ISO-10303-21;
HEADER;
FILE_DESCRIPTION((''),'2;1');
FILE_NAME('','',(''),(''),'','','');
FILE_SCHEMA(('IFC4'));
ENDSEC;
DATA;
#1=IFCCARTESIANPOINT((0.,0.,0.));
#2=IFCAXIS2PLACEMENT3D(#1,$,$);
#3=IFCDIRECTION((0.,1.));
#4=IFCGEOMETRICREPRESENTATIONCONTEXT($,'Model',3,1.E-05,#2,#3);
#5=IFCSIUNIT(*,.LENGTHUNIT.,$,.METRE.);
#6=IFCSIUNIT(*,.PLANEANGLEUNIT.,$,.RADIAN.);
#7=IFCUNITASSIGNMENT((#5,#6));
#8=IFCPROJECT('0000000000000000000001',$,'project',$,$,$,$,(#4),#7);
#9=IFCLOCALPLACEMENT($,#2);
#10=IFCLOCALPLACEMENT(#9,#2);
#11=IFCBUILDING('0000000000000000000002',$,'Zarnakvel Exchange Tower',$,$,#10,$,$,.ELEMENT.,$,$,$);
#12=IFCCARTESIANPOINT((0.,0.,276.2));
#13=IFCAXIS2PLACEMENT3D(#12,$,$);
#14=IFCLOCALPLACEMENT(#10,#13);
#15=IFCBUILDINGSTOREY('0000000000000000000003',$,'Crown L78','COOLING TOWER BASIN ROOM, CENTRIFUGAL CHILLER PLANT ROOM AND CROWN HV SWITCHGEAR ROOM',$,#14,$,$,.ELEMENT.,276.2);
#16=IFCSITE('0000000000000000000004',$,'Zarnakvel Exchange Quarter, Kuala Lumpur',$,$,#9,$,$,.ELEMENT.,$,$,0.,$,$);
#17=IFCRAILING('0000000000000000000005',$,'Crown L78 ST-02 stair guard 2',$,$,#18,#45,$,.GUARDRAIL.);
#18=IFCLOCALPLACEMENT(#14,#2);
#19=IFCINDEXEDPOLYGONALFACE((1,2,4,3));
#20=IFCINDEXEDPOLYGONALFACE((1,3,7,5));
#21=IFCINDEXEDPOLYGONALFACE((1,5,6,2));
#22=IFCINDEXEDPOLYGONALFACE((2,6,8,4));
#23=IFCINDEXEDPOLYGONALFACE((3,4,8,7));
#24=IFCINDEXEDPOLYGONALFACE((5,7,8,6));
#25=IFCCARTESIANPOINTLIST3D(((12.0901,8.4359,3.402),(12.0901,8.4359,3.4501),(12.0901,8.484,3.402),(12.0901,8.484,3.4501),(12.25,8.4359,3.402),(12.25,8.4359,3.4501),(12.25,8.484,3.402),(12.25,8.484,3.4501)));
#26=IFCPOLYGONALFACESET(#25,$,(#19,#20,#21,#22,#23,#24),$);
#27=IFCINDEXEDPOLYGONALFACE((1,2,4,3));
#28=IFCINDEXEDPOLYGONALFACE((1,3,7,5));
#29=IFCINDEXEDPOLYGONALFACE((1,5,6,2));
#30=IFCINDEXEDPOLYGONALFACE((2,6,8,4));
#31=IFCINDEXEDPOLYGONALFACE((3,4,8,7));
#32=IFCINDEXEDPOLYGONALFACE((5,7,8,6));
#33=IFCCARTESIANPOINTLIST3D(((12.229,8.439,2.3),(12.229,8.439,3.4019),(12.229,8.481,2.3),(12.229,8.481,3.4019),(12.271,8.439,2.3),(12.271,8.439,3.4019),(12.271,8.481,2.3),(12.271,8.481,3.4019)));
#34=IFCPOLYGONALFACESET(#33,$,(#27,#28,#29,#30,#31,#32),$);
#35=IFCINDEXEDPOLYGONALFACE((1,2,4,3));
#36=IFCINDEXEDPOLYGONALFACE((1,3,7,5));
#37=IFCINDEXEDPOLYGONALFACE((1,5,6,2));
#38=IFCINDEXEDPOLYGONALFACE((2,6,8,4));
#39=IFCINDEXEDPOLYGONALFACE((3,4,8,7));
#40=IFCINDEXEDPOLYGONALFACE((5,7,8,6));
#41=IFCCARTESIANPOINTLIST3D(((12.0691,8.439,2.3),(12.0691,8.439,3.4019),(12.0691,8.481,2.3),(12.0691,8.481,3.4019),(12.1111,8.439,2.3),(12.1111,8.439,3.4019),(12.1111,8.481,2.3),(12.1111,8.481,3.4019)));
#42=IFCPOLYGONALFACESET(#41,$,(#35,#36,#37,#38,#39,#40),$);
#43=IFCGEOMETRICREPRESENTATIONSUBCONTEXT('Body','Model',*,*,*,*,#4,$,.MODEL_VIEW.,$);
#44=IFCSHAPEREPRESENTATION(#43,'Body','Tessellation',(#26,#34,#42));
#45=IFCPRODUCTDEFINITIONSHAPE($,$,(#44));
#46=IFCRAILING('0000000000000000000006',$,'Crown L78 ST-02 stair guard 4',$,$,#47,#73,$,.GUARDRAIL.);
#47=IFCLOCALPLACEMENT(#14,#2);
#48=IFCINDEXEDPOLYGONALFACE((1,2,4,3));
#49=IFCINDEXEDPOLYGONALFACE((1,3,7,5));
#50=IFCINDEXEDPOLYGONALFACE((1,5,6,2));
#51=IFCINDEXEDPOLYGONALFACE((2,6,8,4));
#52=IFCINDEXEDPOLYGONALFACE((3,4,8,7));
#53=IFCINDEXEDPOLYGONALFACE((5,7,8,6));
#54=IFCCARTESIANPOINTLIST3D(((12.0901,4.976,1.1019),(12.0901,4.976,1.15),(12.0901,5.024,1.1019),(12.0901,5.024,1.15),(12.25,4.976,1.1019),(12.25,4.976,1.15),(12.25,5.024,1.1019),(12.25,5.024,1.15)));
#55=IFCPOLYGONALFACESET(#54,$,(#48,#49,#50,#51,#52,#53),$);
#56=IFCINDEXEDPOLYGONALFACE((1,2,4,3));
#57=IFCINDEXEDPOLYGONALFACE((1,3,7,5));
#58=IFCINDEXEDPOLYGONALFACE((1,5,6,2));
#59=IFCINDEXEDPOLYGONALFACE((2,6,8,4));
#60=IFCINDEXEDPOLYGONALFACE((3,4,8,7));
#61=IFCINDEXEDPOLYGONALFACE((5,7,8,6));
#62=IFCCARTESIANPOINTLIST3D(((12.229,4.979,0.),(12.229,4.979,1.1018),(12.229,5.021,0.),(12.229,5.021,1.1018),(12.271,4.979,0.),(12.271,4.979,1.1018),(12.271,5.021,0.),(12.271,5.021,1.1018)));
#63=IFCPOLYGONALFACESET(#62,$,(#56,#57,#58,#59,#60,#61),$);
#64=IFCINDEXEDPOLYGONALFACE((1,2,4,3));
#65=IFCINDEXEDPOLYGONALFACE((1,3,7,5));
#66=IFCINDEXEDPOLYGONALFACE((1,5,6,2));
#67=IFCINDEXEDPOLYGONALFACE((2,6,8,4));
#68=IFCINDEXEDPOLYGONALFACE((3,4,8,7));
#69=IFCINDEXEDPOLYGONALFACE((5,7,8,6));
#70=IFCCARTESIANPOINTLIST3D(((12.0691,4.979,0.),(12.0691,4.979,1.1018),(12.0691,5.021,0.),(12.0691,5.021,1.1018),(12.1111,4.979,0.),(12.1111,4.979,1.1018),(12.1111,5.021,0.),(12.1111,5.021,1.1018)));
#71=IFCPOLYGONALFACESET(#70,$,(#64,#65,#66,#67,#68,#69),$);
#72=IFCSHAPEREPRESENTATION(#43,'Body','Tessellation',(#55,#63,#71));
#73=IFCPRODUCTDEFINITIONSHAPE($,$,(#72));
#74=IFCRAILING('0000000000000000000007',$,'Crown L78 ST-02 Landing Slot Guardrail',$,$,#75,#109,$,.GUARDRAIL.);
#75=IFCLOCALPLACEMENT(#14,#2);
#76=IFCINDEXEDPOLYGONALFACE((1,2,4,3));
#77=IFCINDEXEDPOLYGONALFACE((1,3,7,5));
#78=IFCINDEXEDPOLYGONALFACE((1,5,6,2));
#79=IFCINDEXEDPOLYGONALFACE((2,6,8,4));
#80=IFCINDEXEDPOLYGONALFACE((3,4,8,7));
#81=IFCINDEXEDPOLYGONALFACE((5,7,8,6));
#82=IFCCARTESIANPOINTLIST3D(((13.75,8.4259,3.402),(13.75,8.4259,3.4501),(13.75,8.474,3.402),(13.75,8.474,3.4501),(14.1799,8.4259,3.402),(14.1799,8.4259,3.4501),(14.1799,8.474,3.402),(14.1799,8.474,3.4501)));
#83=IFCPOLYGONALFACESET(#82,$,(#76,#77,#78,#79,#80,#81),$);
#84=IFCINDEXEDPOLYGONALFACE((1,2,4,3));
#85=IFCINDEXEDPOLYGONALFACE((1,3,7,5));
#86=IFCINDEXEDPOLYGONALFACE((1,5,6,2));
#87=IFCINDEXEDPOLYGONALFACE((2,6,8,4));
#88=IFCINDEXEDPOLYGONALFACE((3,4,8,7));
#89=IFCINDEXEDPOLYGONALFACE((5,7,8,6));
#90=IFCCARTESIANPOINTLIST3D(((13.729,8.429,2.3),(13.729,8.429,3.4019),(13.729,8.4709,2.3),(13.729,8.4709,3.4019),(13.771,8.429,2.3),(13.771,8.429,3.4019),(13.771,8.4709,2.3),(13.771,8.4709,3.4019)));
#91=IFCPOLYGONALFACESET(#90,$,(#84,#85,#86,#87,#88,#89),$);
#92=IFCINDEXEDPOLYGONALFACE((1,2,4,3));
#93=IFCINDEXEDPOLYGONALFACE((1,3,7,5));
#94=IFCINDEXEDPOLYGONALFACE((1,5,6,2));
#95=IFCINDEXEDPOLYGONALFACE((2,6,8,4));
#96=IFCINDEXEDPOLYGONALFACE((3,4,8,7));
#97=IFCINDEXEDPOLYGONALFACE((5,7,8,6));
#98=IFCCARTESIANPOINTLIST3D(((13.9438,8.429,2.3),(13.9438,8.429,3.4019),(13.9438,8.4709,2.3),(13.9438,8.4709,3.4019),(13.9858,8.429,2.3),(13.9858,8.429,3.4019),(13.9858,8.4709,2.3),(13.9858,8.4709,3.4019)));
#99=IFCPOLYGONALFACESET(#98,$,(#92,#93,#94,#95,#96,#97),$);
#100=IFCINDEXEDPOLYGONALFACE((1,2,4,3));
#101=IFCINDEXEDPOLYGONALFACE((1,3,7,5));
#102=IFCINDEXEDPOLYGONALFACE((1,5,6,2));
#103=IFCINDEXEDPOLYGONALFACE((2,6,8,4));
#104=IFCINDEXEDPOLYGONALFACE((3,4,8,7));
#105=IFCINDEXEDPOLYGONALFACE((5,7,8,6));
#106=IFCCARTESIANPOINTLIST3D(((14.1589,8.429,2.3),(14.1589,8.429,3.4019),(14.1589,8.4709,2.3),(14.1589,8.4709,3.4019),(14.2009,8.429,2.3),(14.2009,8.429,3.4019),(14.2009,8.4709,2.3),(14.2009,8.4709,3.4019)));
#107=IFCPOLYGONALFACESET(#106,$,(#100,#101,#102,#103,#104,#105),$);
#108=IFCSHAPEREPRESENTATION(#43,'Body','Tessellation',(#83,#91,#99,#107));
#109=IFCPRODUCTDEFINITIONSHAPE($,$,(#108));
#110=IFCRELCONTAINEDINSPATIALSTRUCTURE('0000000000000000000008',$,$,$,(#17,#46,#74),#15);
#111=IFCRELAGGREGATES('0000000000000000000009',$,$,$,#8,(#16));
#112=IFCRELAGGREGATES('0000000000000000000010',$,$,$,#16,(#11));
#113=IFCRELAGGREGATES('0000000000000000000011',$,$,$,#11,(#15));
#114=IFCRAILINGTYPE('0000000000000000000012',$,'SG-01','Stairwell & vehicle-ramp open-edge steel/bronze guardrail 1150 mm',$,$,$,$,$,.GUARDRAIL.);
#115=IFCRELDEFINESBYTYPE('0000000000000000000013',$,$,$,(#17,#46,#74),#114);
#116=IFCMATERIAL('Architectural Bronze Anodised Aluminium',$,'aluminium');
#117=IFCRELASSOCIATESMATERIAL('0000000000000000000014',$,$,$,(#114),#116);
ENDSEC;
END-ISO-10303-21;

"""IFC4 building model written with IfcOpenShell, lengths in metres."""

from ifc_helpers import new_model, si_unit, direction, frame, origin, origin_2d, place, context, subcontext, project, spatial, rectangle, extrude, material, type_object, element, save


model = new_model("IFC4")

# Units and contexts
model_context = context("Model", 3, precision=1e-05, world=origin(), true_north=direction((0.0, 1.0)))
body_context = subcontext(model_context, "Body", "Model", "MODEL_VIEW")
ifc_project = project(units=[si_unit("LENGTHUNIT", "METRE"), si_unit("PLANEANGLEUNIT", "RADIAN")], contexts=[model_context])

# Site, building, storey
site_placement = place(None, origin())
site = spatial("IfcSite", under=ifc_project, at=site_placement, Name="Zarnakvel Exchange Quarter, Kuala Lumpur", CompositionType="ELEMENT", RefElevation=0.0)
building_placement = place(site_placement, origin())
building = spatial("IfcBuilding", under=site, at=building_placement, Name="Zarnakvel Exchange Tower", CompositionType="ELEMENT")
storey_placement = place(building_placement, frame((0.0, 0.0, 276.2)))
storey = spatial("IfcBuildingStorey", under=building, at=storey_placement, Name="Crown L78", Description="COOLING TOWER BASIN ROOM, CENTRIFUGAL CHILLER PLANT ROOM AND CROWN HV SWITCHGEAR ROOM", CompositionType="ELEMENT", Elevation=276.2)

# Shared definitions
ifc_material_1 = material(Name="Architectural Bronze Anodised Aluminium", Category="aluminium")

# Railings
railing_type_1 = type_object("IfcRailingType", Name="SG-01", Description="Stairwell & vehicle-ramp open-edge steel/bronze guardrail 1150 mm", PredefinedType="GUARDRAIL", material=ifc_material_1)
for number, where, name in (
    (1, (12.25, 8.46, 2.3), "Crown L78 ST-02 stair guard 2"),
    (2, (12.25, 5.0, 0.0), "Crown L78 ST-02 stair guard 4"),
):
    element("IfcRailing", number, at=place(storey_placement, frame(where)), inside=storey, type_object=railing_type_1, Name=name, PredefinedType="GUARDRAIL", context=body_context, shape_type="SweptSolid", body=[
        extrude(rectangle(XDim=0.0481, YDim=0.0481, at=origin_2d()), frame((0.0, 0.0, 1.126), z_axis=(-1.0, 0.0, 0.0), x_axis=(0.0, -1.0, 0.0)), (0.0, 0.0, 1.0), 0.1599),
        extrude(rectangle(XDim=0.042, YDim=0.042, at=origin_2d()), origin(), (0.0, 0.0, 1.0), 1.1018),
        extrude(rectangle(XDim=0.042, YDim=0.042, at=origin_2d()), frame((-0.1599, 0.0, 0.0)), (0.0, 0.0, 1.0), 1.1018),
    ])
railing_1_placement = place(storey_placement, frame((13.75, 8.45, 2.3)))
element("IfcRailing", 3, at=railing_1_placement, inside=storey, type_object=railing_type_1, Name="Crown L78 ST-02 Landing Slot Guardrail", PredefinedType="GUARDRAIL", context=body_context, shape_type="SweptSolid", body=[
    extrude(rectangle(XDim=0.0481, YDim=0.0481, at=origin_2d()), frame((0.0, 0.0, 1.126), z_axis=(1.0, 0.0, 0.0), x_axis=(0.0, 1.0, 0.0)), (0.0, 0.0, 1.0), 0.4299),
    extrude(rectangle(XDim=0.042, YDim=0.042, at=origin_2d()), origin(), (0.0, 0.0, 1.0), 1.1018),
    extrude(rectangle(XDim=0.042, YDim=0.042, at=origin_2d()), frame((0.2148, 0.0, 0.0)), (0.0, 0.0, 1.0), 1.1018),
    extrude(rectangle(XDim=0.042, YDim=0.042, at=origin_2d()), frame((0.4299, 0.0, 0.0)), (0.0, 0.0, 1.0), 1.1018),
])

save(model, "model.ifc")
